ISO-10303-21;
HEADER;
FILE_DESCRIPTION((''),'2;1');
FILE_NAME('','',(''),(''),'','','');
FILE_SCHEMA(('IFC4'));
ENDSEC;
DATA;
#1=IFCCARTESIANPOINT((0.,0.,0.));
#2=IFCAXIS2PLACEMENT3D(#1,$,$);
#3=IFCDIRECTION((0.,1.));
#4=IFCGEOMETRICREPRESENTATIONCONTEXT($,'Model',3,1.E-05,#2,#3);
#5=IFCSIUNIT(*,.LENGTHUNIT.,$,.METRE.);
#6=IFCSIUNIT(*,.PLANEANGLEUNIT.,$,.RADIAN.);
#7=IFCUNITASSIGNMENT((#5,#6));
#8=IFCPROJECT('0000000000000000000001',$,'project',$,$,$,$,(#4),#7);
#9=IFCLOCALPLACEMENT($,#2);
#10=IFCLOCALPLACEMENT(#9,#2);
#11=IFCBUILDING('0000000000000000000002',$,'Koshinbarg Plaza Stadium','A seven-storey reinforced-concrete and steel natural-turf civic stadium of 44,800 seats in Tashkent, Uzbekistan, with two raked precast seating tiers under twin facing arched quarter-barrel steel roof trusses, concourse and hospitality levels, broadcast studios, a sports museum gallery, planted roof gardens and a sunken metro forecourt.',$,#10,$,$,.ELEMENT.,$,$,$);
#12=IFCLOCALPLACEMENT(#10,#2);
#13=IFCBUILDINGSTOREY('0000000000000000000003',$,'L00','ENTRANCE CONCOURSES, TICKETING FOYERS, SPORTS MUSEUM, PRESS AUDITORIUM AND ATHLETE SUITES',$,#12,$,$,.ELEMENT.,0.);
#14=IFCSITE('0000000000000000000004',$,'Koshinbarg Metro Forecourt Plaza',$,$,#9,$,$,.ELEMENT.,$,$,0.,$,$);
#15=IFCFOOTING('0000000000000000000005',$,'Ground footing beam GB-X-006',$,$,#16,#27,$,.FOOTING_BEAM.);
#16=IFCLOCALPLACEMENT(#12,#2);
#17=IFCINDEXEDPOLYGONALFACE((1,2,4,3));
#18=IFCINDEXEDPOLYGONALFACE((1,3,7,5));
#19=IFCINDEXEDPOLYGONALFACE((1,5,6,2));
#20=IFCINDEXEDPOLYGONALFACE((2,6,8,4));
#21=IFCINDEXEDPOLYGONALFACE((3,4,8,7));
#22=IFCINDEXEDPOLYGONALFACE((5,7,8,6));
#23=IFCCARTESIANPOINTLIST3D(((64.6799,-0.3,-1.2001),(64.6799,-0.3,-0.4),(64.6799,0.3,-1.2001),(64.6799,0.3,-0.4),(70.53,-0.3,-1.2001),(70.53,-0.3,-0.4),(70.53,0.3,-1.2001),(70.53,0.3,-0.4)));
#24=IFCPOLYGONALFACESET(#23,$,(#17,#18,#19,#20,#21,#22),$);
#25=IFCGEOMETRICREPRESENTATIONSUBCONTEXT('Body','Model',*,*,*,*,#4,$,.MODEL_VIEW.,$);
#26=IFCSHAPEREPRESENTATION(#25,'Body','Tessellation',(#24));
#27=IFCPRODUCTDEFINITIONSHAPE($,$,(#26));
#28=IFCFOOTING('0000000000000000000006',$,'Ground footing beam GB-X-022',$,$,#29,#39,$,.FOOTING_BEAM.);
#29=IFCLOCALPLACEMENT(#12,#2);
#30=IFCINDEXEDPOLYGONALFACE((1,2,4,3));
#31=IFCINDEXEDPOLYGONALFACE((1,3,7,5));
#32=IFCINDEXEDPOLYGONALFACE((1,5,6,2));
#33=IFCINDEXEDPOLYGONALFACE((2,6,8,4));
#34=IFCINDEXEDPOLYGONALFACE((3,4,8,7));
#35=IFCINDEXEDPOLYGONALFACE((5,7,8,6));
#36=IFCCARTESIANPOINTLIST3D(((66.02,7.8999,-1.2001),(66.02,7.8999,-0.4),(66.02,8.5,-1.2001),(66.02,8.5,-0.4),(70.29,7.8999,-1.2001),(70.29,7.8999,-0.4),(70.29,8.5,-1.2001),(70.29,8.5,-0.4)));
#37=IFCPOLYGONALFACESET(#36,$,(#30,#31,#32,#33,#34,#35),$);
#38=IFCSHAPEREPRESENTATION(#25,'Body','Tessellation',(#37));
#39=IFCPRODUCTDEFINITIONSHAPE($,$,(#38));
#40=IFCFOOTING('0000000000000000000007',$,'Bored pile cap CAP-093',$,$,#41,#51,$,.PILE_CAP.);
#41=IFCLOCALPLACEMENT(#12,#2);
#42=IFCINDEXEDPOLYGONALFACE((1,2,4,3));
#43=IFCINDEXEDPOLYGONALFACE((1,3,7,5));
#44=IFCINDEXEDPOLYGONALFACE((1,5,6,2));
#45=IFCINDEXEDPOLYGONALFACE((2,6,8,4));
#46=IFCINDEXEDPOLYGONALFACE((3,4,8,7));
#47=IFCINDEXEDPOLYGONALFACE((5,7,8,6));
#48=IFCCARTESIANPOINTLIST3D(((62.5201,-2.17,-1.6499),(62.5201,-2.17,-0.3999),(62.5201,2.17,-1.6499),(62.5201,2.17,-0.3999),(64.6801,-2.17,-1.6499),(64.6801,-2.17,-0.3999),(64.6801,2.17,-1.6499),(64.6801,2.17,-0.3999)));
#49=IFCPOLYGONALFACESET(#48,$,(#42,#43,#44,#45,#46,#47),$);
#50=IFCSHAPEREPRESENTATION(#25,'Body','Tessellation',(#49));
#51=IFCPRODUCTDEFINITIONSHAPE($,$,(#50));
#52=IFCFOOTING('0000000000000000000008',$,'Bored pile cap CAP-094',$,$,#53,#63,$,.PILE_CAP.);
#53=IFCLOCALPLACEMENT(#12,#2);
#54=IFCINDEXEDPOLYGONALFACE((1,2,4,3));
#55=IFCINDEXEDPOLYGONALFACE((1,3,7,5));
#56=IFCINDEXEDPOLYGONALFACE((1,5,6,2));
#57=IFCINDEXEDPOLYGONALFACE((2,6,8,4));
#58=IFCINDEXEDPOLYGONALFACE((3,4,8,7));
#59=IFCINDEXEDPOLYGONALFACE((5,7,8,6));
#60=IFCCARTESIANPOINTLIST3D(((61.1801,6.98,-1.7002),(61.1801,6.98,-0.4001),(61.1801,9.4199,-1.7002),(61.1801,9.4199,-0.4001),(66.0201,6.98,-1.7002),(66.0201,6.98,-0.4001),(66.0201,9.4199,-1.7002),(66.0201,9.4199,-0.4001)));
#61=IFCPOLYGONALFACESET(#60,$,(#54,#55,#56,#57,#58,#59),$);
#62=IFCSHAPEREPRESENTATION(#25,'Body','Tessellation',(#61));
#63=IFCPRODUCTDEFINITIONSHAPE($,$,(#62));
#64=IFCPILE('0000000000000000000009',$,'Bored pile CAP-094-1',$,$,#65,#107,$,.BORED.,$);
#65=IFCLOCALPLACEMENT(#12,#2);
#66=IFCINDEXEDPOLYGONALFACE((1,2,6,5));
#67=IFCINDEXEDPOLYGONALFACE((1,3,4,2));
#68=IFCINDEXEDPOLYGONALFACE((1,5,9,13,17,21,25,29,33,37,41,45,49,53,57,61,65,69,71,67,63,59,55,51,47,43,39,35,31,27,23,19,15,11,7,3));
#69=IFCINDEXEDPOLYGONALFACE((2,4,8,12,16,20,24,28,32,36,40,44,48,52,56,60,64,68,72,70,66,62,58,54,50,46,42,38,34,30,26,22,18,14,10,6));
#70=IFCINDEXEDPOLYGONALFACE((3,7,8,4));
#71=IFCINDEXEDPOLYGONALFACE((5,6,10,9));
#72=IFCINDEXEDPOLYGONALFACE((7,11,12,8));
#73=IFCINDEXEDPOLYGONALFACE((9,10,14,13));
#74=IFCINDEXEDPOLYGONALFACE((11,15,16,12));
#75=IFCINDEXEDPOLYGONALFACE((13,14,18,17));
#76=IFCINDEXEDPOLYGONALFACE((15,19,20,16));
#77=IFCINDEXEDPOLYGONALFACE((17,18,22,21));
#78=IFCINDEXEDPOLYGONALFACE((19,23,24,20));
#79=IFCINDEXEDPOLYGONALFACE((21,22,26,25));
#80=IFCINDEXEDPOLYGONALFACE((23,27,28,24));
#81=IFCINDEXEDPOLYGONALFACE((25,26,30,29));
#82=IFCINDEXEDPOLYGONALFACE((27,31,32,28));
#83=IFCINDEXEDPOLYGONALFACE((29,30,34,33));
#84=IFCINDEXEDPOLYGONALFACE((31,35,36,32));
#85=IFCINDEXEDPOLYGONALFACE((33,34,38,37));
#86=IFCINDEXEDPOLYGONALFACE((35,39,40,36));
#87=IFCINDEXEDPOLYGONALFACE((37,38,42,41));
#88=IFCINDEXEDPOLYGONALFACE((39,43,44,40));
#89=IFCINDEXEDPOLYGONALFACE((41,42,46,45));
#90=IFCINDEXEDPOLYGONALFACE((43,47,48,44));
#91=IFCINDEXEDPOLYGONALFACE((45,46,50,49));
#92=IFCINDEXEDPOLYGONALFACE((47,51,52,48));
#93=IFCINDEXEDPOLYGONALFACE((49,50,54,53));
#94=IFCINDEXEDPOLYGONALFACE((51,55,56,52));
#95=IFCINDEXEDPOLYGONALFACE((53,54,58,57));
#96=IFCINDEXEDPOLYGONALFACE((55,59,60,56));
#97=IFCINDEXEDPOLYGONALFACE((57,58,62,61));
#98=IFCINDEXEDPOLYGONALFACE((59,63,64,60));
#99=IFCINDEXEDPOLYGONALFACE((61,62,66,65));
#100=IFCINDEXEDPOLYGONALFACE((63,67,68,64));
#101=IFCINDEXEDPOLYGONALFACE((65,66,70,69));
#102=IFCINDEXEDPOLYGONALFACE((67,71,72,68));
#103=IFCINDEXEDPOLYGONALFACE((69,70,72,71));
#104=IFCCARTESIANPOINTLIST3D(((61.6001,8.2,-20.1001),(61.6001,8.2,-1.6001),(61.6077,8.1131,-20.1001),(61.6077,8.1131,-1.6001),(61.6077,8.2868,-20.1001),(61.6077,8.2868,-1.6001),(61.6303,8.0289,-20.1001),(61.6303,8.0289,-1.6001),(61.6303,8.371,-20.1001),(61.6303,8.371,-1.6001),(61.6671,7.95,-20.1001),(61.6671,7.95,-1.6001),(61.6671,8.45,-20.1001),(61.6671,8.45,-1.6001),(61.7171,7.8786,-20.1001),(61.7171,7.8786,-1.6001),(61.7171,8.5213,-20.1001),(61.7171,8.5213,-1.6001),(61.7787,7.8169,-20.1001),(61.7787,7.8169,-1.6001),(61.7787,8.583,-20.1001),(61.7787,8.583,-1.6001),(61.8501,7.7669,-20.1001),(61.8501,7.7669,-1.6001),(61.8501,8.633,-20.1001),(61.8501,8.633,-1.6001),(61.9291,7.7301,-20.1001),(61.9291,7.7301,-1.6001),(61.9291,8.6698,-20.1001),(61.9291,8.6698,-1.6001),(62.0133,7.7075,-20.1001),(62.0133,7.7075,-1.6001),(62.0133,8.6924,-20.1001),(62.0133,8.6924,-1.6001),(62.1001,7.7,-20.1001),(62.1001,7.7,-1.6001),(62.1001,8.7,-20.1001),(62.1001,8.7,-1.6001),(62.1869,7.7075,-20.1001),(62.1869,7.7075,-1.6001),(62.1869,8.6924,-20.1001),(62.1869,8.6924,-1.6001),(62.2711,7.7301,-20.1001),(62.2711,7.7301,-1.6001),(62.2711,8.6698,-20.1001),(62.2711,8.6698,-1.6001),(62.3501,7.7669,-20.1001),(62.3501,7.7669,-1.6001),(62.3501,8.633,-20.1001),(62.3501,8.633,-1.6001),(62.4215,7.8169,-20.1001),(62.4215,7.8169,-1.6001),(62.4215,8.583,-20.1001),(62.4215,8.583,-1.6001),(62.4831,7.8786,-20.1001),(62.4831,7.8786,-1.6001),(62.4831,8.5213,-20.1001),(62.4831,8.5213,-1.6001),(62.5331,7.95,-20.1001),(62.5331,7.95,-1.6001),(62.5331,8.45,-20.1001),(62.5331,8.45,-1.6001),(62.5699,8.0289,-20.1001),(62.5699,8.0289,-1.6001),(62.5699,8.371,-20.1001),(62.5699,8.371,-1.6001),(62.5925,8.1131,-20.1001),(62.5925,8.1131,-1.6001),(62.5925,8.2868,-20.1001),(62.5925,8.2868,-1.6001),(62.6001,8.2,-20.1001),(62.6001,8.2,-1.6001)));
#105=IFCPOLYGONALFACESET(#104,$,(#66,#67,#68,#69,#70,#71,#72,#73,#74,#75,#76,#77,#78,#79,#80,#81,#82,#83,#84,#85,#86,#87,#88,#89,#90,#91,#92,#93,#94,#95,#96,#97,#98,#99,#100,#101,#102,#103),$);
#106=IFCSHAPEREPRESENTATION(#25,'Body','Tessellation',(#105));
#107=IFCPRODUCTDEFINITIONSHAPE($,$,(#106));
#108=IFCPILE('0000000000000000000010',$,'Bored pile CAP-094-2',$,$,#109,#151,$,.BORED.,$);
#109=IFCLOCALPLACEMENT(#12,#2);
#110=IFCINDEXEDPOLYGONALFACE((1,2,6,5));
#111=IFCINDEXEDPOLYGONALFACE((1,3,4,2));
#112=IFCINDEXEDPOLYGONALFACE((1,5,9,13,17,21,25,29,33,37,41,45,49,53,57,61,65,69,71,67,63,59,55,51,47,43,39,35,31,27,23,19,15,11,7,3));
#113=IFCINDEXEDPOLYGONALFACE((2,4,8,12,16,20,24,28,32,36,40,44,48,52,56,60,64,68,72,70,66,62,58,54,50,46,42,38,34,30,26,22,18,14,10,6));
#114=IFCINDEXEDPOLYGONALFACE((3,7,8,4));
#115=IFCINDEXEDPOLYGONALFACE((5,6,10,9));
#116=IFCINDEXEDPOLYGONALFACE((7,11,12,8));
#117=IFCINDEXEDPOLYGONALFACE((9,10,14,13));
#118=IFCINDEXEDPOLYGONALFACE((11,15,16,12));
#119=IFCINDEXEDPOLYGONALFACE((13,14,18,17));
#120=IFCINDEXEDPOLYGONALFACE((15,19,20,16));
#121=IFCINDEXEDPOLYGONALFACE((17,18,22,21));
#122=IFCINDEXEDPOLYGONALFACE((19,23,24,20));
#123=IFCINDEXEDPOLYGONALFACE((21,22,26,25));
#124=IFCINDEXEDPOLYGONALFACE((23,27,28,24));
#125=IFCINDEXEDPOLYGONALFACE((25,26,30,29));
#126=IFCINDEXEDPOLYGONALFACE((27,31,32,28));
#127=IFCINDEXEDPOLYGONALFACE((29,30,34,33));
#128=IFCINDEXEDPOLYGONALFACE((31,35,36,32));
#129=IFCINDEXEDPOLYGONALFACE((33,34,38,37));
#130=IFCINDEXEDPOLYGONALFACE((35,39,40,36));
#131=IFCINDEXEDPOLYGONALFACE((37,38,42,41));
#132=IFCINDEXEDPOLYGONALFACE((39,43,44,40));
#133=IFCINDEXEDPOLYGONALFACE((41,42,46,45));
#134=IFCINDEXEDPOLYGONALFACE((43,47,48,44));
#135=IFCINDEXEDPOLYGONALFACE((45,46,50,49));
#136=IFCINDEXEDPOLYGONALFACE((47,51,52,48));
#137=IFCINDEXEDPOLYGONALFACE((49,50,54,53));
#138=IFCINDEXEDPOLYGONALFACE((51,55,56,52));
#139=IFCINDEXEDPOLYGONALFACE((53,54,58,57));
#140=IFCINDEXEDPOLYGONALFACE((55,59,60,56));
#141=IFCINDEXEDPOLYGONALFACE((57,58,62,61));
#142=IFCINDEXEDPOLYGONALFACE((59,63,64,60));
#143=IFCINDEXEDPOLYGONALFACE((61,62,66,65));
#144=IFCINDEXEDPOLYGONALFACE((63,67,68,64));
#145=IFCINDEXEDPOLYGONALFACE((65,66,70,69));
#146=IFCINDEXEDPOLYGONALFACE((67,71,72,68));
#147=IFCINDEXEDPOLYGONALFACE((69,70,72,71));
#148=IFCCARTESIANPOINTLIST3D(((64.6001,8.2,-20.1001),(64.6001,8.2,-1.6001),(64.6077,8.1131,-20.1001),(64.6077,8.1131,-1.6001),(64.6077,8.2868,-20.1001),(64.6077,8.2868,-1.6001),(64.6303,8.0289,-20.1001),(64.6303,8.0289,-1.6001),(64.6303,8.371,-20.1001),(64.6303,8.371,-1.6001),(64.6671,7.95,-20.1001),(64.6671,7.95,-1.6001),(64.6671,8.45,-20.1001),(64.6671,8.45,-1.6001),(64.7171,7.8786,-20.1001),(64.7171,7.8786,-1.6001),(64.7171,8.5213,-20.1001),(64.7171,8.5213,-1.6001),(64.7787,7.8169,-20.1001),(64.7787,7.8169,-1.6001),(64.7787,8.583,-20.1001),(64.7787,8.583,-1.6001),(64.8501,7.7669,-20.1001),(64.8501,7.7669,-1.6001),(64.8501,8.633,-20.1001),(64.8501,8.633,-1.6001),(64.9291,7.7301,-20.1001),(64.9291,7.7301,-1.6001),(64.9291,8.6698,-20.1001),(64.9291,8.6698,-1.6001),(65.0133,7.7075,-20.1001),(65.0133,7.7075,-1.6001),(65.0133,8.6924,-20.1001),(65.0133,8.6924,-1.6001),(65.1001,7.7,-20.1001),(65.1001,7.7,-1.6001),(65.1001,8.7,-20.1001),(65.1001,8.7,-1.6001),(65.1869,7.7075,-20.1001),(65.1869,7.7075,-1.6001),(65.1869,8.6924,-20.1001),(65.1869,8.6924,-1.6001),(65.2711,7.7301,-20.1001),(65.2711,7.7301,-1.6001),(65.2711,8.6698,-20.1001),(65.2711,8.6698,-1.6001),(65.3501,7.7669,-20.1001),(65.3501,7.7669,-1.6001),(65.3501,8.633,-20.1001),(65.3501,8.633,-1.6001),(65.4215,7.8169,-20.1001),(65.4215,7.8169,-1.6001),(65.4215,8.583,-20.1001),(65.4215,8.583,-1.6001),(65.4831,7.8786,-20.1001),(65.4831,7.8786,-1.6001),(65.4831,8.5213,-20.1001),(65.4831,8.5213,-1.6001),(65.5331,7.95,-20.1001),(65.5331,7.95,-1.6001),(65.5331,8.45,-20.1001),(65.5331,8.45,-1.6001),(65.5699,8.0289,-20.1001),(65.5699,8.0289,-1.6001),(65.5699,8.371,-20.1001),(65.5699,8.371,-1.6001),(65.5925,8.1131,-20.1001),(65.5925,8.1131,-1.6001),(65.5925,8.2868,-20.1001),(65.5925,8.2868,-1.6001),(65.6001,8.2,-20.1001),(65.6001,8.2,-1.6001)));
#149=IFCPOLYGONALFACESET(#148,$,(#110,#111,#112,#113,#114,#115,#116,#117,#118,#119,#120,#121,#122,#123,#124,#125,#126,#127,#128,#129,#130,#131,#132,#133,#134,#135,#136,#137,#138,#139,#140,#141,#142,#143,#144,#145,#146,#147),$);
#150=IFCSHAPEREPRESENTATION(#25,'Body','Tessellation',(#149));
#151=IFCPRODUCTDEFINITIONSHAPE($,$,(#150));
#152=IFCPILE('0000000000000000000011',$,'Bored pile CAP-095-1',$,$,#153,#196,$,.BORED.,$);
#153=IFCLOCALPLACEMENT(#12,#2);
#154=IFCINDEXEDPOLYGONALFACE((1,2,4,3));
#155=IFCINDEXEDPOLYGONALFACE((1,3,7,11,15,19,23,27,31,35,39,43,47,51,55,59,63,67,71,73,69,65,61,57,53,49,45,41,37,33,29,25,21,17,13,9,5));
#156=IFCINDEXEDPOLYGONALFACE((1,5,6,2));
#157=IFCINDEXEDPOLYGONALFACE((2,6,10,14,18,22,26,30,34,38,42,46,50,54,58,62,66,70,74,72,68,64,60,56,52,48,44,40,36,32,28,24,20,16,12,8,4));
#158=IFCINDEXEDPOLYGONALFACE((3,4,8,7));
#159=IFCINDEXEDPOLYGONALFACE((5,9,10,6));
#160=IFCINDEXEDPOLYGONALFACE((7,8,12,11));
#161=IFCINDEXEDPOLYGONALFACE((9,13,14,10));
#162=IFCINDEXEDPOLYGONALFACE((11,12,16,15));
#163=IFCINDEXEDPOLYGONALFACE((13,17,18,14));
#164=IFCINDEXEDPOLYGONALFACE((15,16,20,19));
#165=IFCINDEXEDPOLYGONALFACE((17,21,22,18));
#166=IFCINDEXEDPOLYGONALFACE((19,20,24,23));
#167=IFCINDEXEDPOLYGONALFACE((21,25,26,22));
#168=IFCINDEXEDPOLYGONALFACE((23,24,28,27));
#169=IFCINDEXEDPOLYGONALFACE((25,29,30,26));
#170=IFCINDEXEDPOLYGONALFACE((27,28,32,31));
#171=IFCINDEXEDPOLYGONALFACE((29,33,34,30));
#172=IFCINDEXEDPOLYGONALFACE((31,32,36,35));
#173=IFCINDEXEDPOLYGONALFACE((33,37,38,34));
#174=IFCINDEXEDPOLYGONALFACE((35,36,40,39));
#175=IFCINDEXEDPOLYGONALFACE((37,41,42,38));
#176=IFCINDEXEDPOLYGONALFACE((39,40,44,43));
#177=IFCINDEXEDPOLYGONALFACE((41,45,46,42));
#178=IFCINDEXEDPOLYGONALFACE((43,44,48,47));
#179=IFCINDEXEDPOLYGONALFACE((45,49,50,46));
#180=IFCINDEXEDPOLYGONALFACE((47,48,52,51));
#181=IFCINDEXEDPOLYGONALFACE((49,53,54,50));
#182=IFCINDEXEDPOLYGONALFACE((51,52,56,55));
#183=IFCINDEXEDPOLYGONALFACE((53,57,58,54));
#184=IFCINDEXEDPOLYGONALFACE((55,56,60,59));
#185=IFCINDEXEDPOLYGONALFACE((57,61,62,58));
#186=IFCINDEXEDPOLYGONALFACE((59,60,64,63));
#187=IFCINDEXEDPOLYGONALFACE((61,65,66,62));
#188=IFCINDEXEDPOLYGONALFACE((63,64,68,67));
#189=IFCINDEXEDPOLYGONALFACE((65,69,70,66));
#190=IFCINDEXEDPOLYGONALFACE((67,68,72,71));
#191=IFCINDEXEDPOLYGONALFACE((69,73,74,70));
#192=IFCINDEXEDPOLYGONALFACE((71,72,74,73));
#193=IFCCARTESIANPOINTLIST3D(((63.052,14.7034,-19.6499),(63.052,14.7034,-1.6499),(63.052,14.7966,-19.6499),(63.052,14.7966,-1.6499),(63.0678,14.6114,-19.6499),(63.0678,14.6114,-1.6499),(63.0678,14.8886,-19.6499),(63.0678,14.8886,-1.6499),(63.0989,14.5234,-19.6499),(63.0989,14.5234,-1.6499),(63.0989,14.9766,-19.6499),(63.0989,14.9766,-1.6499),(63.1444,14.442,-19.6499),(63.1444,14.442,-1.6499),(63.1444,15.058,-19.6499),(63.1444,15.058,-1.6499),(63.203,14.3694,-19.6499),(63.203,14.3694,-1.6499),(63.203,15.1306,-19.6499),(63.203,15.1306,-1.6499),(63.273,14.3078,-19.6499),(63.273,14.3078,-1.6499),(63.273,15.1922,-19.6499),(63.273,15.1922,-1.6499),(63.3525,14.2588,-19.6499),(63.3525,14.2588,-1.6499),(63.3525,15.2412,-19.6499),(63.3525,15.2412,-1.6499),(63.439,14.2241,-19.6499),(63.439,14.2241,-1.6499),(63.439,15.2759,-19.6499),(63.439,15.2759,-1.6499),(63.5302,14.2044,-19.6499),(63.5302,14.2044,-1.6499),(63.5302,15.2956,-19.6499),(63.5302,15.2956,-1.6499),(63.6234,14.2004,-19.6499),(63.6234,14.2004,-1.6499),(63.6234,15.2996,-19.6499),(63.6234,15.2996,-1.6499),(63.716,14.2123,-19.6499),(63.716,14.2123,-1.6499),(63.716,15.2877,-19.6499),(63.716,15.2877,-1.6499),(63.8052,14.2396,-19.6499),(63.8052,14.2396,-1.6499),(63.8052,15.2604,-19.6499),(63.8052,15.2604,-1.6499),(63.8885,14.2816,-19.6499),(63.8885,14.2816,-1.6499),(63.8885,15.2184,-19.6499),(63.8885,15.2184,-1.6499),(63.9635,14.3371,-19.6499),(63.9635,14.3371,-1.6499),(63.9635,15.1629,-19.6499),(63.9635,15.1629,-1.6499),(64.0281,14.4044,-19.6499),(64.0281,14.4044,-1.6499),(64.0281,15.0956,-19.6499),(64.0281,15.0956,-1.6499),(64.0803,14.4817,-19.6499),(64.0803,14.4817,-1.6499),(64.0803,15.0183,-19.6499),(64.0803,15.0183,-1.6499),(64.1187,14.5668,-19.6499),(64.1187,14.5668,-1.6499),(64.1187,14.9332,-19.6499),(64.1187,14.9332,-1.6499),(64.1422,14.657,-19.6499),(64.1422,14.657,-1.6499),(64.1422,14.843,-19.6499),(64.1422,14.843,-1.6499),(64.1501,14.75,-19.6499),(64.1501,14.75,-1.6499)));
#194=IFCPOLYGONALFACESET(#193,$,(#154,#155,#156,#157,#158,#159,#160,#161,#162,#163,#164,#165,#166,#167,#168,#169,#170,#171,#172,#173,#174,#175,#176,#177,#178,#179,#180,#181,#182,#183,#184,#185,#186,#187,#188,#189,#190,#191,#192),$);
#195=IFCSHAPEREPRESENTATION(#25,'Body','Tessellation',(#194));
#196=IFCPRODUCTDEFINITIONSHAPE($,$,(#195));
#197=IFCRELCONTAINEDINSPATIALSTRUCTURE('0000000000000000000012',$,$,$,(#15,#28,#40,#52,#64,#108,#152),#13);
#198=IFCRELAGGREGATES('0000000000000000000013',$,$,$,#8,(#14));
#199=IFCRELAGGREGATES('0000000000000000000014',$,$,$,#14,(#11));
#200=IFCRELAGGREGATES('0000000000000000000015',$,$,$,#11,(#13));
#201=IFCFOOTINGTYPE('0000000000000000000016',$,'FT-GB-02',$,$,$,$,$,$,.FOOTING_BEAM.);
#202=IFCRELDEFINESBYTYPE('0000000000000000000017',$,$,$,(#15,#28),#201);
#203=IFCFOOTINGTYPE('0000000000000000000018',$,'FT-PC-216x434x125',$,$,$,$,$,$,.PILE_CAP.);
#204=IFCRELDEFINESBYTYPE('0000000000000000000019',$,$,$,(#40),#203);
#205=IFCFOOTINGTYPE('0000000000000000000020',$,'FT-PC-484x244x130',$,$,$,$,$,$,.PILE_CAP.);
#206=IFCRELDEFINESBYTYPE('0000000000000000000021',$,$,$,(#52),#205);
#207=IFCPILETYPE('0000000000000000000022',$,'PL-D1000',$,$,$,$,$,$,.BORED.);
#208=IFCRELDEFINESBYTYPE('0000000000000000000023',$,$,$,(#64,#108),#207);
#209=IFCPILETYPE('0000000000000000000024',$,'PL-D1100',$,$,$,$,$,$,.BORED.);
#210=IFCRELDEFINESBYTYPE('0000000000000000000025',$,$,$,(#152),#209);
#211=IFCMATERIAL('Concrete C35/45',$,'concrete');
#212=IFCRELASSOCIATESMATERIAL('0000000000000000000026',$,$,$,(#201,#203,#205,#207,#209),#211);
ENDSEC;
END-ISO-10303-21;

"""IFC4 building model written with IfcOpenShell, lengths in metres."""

from ifc_helpers import new_model, si_unit, direction, frame, origin, origin_2d, place, context, subcontext, project, spatial, rectangle, circle, extrude, material, material_profile, profile_set, type_object, element, save


model = new_model("IFC4")

# Units and contexts
model_context = context("Model", 3, precision=1e-05, world=origin(), true_north=direction((0.0, 1.0)))
body_context = subcontext(model_context, "Body", "Model", "MODEL_VIEW")
ifc_project = project(units=[si_unit("LENGTHUNIT", "METRE"), si_unit("PLANEANGLEUNIT", "RADIAN")], contexts=[model_context])

# Site, building, storey
site_placement = place(None, origin())
site = spatial("IfcSite", under=ifc_project, at=site_placement, Name="Koshinbarg Metro Forecourt Plaza", CompositionType="ELEMENT", RefElevation=0.0)
building_placement = place(site_placement, origin())
building = spatial("IfcBuilding", under=site, at=building_placement, Name="Koshinbarg Plaza Stadium", Description="A seven-storey reinforced-concrete and steel natural-turf civic stadium of 44,800 seats in Tashkent, Uzbekistan, with two raked precast seating tiers under twin facing arched quarter-barrel steel roof trusses, concourse and hospitality levels, broadcast studios, a sports museum gallery, planted roof gardens and a sunken metro forecourt.", CompositionType="ELEMENT")
storey_placement = place(building_placement, origin())
storey = spatial("IfcBuildingStorey", under=building, at=storey_placement, Name="L00", Description="ENTRANCE CONCOURSES, TICKETING FOYERS, SPORTS MUSEUM, PRESS AUDITORIUM AND ATHLETE SUITES", CompositionType="ELEMENT", Elevation=0.0)

# Footings
ifc_material_1 = material(Name="Concrete C35/45", Category="concrete")
ifc_material_profile_1 = material_profile(ifc_material_1, rectangle(XDim=0.6001, YDim=0.8, at=origin_2d()), Name="GB 600x800")
ifc_profile_set_1 = profile_set([ifc_material_profile_1], Name="Concrete C35/45")
footing_type_1 = type_object("IfcFootingType", Name="FT-GB-02", PredefinedType="FOOTING_BEAM", material=ifc_profile_set_1)
footing_1_placement = place(storey_placement, frame((64.6799, 0.0, -0.8), z_axis=(1.0, 0.0, 0.0), x_axis=(0.0, 1.0, 0.0)))
element("IfcFooting", 1, at=footing_1_placement, inside=storey, type_object=footing_type_1, Name="Ground footing beam GB-X-006", PredefinedType="FOOTING_BEAM", context=body_context, shape_type="SweptSolid", body=[
    extrude(rectangle(XDim=0.6001, YDim=0.8, at=origin_2d()), origin(), (0.0, 0.0, 1.0), 5.8501),
])
footing_2_placement = place(storey_placement, frame((66.02, 8.2, -0.8), z_axis=(1.0, 0.0, 0.0), x_axis=(0.0, 1.0, 0.0)))
element("IfcFooting", 2, at=footing_2_placement, inside=storey, type_object=footing_type_1, Name="Ground footing beam GB-X-022", PredefinedType="FOOTING_BEAM", context=body_context, shape_type="SweptSolid", body=[
    extrude(rectangle(XDim=0.6001, YDim=0.8, at=origin_2d()), origin(), (0.0, 0.0, 1.0), 4.27),
])
footing_type_2 = type_object("IfcFootingType", Name="FT-PC-216x434x125", PredefinedType="PILE_CAP", material=ifc_material_1)
footing_3_placement = place(storey_placement, frame((63.6001, 0.0, -1.6499), z_axis=(0.0, 0.0, 1.0), x_axis=(1.0, 0.0, 0.0)))
element("IfcFooting", 3, at=footing_3_placement, inside=storey, type_object=footing_type_2, Name="Bored pile cap CAP-093", PredefinedType="PILE_CAP", context=body_context, shape_type="SweptSolid", body=[
    extrude(rectangle(XDim=2.1599, YDim=4.3401, at=origin_2d()), origin(), (0.0, 0.0, 1.0), 1.25),
])
footing_type_3 = type_object("IfcFootingType", Name="FT-PC-484x244x130", PredefinedType="PILE_CAP", material=ifc_material_1)
footing_4_placement = place(storey_placement, frame((63.6001, 8.2, -1.7002), z_axis=(0.0, 0.0, 1.0), x_axis=(1.0, 0.0, 0.0)))
element("IfcFooting", 4, at=footing_4_placement, inside=storey, type_object=footing_type_3, Name="Bored pile cap CAP-094", PredefinedType="PILE_CAP", context=body_context, shape_type="SweptSolid", body=[
    extrude(rectangle(XDim=4.8401, YDim=2.4399, at=origin_2d()), origin(), (0.0, 0.0, 1.0), 1.3),
])

# Piles
ifc_material_profile_2 = material_profile(ifc_material_1, circle(Radius=0.5, at=origin_2d()), Name="PILE D1000")
ifc_profile_set_2 = profile_set([ifc_material_profile_2], Name="Concrete C35/45")
pile_type_1 = type_object("IfcPileType", Name="PL-D1000", PredefinedType="BORED", material=ifc_profile_set_2)
for number, where, z_axis, x_axis, name in (
    (5, (62.1001, 8.2, -1.6001), (0.0, 0.0, -1.0), (1.0, 0.0, 0.0), "Bored pile CAP-094-1"),
    (6, (65.1001, 8.2, -1.6001), (0.0, 0.0, -1.0), (1.0, 0.0, 0.0), "Bored pile CAP-094-2"),
):
    element("IfcPile", number, at=place(storey_placement, frame(where, z_axis=z_axis, x_axis=x_axis)), inside=storey, type_object=pile_type_1, Name=name, PredefinedType="BORED", context=body_context, shape_type="SweptSolid", body=[
        extrude(circle(Radius=0.5, at=origin_2d()), origin(), (0.0, 0.0, 1.0), 18.5),
    ])
ifc_material_profile_3 = material_profile(ifc_material_1, circle(Radius=0.55, at=origin_2d()), Name="PILE D1100")
ifc_profile_set_3 = profile_set([ifc_material_profile_3], Name="Concrete C35/45")
pile_type_2 = type_object("IfcPileType", Name="PL-D1100", PredefinedType="BORED", material=ifc_profile_set_3)
pile_placement = place(storey_placement, frame((63.6001, 14.75, -1.6499), z_axis=(0.0, 0.0, -1.0), x_axis=(1.0, 0.0, 0.0)))
element("IfcPile", 7, at=pile_placement, inside=storey, type_object=pile_type_2, Name="Bored pile CAP-095-1", PredefinedType="BORED", context=body_context, shape_type="SweptSolid", body=[
    extrude(circle(Radius=0.55, at=origin_2d()), origin(), (0.0, 0.0, 1.0), 18.0),
])

save(model, "model.ifc")
